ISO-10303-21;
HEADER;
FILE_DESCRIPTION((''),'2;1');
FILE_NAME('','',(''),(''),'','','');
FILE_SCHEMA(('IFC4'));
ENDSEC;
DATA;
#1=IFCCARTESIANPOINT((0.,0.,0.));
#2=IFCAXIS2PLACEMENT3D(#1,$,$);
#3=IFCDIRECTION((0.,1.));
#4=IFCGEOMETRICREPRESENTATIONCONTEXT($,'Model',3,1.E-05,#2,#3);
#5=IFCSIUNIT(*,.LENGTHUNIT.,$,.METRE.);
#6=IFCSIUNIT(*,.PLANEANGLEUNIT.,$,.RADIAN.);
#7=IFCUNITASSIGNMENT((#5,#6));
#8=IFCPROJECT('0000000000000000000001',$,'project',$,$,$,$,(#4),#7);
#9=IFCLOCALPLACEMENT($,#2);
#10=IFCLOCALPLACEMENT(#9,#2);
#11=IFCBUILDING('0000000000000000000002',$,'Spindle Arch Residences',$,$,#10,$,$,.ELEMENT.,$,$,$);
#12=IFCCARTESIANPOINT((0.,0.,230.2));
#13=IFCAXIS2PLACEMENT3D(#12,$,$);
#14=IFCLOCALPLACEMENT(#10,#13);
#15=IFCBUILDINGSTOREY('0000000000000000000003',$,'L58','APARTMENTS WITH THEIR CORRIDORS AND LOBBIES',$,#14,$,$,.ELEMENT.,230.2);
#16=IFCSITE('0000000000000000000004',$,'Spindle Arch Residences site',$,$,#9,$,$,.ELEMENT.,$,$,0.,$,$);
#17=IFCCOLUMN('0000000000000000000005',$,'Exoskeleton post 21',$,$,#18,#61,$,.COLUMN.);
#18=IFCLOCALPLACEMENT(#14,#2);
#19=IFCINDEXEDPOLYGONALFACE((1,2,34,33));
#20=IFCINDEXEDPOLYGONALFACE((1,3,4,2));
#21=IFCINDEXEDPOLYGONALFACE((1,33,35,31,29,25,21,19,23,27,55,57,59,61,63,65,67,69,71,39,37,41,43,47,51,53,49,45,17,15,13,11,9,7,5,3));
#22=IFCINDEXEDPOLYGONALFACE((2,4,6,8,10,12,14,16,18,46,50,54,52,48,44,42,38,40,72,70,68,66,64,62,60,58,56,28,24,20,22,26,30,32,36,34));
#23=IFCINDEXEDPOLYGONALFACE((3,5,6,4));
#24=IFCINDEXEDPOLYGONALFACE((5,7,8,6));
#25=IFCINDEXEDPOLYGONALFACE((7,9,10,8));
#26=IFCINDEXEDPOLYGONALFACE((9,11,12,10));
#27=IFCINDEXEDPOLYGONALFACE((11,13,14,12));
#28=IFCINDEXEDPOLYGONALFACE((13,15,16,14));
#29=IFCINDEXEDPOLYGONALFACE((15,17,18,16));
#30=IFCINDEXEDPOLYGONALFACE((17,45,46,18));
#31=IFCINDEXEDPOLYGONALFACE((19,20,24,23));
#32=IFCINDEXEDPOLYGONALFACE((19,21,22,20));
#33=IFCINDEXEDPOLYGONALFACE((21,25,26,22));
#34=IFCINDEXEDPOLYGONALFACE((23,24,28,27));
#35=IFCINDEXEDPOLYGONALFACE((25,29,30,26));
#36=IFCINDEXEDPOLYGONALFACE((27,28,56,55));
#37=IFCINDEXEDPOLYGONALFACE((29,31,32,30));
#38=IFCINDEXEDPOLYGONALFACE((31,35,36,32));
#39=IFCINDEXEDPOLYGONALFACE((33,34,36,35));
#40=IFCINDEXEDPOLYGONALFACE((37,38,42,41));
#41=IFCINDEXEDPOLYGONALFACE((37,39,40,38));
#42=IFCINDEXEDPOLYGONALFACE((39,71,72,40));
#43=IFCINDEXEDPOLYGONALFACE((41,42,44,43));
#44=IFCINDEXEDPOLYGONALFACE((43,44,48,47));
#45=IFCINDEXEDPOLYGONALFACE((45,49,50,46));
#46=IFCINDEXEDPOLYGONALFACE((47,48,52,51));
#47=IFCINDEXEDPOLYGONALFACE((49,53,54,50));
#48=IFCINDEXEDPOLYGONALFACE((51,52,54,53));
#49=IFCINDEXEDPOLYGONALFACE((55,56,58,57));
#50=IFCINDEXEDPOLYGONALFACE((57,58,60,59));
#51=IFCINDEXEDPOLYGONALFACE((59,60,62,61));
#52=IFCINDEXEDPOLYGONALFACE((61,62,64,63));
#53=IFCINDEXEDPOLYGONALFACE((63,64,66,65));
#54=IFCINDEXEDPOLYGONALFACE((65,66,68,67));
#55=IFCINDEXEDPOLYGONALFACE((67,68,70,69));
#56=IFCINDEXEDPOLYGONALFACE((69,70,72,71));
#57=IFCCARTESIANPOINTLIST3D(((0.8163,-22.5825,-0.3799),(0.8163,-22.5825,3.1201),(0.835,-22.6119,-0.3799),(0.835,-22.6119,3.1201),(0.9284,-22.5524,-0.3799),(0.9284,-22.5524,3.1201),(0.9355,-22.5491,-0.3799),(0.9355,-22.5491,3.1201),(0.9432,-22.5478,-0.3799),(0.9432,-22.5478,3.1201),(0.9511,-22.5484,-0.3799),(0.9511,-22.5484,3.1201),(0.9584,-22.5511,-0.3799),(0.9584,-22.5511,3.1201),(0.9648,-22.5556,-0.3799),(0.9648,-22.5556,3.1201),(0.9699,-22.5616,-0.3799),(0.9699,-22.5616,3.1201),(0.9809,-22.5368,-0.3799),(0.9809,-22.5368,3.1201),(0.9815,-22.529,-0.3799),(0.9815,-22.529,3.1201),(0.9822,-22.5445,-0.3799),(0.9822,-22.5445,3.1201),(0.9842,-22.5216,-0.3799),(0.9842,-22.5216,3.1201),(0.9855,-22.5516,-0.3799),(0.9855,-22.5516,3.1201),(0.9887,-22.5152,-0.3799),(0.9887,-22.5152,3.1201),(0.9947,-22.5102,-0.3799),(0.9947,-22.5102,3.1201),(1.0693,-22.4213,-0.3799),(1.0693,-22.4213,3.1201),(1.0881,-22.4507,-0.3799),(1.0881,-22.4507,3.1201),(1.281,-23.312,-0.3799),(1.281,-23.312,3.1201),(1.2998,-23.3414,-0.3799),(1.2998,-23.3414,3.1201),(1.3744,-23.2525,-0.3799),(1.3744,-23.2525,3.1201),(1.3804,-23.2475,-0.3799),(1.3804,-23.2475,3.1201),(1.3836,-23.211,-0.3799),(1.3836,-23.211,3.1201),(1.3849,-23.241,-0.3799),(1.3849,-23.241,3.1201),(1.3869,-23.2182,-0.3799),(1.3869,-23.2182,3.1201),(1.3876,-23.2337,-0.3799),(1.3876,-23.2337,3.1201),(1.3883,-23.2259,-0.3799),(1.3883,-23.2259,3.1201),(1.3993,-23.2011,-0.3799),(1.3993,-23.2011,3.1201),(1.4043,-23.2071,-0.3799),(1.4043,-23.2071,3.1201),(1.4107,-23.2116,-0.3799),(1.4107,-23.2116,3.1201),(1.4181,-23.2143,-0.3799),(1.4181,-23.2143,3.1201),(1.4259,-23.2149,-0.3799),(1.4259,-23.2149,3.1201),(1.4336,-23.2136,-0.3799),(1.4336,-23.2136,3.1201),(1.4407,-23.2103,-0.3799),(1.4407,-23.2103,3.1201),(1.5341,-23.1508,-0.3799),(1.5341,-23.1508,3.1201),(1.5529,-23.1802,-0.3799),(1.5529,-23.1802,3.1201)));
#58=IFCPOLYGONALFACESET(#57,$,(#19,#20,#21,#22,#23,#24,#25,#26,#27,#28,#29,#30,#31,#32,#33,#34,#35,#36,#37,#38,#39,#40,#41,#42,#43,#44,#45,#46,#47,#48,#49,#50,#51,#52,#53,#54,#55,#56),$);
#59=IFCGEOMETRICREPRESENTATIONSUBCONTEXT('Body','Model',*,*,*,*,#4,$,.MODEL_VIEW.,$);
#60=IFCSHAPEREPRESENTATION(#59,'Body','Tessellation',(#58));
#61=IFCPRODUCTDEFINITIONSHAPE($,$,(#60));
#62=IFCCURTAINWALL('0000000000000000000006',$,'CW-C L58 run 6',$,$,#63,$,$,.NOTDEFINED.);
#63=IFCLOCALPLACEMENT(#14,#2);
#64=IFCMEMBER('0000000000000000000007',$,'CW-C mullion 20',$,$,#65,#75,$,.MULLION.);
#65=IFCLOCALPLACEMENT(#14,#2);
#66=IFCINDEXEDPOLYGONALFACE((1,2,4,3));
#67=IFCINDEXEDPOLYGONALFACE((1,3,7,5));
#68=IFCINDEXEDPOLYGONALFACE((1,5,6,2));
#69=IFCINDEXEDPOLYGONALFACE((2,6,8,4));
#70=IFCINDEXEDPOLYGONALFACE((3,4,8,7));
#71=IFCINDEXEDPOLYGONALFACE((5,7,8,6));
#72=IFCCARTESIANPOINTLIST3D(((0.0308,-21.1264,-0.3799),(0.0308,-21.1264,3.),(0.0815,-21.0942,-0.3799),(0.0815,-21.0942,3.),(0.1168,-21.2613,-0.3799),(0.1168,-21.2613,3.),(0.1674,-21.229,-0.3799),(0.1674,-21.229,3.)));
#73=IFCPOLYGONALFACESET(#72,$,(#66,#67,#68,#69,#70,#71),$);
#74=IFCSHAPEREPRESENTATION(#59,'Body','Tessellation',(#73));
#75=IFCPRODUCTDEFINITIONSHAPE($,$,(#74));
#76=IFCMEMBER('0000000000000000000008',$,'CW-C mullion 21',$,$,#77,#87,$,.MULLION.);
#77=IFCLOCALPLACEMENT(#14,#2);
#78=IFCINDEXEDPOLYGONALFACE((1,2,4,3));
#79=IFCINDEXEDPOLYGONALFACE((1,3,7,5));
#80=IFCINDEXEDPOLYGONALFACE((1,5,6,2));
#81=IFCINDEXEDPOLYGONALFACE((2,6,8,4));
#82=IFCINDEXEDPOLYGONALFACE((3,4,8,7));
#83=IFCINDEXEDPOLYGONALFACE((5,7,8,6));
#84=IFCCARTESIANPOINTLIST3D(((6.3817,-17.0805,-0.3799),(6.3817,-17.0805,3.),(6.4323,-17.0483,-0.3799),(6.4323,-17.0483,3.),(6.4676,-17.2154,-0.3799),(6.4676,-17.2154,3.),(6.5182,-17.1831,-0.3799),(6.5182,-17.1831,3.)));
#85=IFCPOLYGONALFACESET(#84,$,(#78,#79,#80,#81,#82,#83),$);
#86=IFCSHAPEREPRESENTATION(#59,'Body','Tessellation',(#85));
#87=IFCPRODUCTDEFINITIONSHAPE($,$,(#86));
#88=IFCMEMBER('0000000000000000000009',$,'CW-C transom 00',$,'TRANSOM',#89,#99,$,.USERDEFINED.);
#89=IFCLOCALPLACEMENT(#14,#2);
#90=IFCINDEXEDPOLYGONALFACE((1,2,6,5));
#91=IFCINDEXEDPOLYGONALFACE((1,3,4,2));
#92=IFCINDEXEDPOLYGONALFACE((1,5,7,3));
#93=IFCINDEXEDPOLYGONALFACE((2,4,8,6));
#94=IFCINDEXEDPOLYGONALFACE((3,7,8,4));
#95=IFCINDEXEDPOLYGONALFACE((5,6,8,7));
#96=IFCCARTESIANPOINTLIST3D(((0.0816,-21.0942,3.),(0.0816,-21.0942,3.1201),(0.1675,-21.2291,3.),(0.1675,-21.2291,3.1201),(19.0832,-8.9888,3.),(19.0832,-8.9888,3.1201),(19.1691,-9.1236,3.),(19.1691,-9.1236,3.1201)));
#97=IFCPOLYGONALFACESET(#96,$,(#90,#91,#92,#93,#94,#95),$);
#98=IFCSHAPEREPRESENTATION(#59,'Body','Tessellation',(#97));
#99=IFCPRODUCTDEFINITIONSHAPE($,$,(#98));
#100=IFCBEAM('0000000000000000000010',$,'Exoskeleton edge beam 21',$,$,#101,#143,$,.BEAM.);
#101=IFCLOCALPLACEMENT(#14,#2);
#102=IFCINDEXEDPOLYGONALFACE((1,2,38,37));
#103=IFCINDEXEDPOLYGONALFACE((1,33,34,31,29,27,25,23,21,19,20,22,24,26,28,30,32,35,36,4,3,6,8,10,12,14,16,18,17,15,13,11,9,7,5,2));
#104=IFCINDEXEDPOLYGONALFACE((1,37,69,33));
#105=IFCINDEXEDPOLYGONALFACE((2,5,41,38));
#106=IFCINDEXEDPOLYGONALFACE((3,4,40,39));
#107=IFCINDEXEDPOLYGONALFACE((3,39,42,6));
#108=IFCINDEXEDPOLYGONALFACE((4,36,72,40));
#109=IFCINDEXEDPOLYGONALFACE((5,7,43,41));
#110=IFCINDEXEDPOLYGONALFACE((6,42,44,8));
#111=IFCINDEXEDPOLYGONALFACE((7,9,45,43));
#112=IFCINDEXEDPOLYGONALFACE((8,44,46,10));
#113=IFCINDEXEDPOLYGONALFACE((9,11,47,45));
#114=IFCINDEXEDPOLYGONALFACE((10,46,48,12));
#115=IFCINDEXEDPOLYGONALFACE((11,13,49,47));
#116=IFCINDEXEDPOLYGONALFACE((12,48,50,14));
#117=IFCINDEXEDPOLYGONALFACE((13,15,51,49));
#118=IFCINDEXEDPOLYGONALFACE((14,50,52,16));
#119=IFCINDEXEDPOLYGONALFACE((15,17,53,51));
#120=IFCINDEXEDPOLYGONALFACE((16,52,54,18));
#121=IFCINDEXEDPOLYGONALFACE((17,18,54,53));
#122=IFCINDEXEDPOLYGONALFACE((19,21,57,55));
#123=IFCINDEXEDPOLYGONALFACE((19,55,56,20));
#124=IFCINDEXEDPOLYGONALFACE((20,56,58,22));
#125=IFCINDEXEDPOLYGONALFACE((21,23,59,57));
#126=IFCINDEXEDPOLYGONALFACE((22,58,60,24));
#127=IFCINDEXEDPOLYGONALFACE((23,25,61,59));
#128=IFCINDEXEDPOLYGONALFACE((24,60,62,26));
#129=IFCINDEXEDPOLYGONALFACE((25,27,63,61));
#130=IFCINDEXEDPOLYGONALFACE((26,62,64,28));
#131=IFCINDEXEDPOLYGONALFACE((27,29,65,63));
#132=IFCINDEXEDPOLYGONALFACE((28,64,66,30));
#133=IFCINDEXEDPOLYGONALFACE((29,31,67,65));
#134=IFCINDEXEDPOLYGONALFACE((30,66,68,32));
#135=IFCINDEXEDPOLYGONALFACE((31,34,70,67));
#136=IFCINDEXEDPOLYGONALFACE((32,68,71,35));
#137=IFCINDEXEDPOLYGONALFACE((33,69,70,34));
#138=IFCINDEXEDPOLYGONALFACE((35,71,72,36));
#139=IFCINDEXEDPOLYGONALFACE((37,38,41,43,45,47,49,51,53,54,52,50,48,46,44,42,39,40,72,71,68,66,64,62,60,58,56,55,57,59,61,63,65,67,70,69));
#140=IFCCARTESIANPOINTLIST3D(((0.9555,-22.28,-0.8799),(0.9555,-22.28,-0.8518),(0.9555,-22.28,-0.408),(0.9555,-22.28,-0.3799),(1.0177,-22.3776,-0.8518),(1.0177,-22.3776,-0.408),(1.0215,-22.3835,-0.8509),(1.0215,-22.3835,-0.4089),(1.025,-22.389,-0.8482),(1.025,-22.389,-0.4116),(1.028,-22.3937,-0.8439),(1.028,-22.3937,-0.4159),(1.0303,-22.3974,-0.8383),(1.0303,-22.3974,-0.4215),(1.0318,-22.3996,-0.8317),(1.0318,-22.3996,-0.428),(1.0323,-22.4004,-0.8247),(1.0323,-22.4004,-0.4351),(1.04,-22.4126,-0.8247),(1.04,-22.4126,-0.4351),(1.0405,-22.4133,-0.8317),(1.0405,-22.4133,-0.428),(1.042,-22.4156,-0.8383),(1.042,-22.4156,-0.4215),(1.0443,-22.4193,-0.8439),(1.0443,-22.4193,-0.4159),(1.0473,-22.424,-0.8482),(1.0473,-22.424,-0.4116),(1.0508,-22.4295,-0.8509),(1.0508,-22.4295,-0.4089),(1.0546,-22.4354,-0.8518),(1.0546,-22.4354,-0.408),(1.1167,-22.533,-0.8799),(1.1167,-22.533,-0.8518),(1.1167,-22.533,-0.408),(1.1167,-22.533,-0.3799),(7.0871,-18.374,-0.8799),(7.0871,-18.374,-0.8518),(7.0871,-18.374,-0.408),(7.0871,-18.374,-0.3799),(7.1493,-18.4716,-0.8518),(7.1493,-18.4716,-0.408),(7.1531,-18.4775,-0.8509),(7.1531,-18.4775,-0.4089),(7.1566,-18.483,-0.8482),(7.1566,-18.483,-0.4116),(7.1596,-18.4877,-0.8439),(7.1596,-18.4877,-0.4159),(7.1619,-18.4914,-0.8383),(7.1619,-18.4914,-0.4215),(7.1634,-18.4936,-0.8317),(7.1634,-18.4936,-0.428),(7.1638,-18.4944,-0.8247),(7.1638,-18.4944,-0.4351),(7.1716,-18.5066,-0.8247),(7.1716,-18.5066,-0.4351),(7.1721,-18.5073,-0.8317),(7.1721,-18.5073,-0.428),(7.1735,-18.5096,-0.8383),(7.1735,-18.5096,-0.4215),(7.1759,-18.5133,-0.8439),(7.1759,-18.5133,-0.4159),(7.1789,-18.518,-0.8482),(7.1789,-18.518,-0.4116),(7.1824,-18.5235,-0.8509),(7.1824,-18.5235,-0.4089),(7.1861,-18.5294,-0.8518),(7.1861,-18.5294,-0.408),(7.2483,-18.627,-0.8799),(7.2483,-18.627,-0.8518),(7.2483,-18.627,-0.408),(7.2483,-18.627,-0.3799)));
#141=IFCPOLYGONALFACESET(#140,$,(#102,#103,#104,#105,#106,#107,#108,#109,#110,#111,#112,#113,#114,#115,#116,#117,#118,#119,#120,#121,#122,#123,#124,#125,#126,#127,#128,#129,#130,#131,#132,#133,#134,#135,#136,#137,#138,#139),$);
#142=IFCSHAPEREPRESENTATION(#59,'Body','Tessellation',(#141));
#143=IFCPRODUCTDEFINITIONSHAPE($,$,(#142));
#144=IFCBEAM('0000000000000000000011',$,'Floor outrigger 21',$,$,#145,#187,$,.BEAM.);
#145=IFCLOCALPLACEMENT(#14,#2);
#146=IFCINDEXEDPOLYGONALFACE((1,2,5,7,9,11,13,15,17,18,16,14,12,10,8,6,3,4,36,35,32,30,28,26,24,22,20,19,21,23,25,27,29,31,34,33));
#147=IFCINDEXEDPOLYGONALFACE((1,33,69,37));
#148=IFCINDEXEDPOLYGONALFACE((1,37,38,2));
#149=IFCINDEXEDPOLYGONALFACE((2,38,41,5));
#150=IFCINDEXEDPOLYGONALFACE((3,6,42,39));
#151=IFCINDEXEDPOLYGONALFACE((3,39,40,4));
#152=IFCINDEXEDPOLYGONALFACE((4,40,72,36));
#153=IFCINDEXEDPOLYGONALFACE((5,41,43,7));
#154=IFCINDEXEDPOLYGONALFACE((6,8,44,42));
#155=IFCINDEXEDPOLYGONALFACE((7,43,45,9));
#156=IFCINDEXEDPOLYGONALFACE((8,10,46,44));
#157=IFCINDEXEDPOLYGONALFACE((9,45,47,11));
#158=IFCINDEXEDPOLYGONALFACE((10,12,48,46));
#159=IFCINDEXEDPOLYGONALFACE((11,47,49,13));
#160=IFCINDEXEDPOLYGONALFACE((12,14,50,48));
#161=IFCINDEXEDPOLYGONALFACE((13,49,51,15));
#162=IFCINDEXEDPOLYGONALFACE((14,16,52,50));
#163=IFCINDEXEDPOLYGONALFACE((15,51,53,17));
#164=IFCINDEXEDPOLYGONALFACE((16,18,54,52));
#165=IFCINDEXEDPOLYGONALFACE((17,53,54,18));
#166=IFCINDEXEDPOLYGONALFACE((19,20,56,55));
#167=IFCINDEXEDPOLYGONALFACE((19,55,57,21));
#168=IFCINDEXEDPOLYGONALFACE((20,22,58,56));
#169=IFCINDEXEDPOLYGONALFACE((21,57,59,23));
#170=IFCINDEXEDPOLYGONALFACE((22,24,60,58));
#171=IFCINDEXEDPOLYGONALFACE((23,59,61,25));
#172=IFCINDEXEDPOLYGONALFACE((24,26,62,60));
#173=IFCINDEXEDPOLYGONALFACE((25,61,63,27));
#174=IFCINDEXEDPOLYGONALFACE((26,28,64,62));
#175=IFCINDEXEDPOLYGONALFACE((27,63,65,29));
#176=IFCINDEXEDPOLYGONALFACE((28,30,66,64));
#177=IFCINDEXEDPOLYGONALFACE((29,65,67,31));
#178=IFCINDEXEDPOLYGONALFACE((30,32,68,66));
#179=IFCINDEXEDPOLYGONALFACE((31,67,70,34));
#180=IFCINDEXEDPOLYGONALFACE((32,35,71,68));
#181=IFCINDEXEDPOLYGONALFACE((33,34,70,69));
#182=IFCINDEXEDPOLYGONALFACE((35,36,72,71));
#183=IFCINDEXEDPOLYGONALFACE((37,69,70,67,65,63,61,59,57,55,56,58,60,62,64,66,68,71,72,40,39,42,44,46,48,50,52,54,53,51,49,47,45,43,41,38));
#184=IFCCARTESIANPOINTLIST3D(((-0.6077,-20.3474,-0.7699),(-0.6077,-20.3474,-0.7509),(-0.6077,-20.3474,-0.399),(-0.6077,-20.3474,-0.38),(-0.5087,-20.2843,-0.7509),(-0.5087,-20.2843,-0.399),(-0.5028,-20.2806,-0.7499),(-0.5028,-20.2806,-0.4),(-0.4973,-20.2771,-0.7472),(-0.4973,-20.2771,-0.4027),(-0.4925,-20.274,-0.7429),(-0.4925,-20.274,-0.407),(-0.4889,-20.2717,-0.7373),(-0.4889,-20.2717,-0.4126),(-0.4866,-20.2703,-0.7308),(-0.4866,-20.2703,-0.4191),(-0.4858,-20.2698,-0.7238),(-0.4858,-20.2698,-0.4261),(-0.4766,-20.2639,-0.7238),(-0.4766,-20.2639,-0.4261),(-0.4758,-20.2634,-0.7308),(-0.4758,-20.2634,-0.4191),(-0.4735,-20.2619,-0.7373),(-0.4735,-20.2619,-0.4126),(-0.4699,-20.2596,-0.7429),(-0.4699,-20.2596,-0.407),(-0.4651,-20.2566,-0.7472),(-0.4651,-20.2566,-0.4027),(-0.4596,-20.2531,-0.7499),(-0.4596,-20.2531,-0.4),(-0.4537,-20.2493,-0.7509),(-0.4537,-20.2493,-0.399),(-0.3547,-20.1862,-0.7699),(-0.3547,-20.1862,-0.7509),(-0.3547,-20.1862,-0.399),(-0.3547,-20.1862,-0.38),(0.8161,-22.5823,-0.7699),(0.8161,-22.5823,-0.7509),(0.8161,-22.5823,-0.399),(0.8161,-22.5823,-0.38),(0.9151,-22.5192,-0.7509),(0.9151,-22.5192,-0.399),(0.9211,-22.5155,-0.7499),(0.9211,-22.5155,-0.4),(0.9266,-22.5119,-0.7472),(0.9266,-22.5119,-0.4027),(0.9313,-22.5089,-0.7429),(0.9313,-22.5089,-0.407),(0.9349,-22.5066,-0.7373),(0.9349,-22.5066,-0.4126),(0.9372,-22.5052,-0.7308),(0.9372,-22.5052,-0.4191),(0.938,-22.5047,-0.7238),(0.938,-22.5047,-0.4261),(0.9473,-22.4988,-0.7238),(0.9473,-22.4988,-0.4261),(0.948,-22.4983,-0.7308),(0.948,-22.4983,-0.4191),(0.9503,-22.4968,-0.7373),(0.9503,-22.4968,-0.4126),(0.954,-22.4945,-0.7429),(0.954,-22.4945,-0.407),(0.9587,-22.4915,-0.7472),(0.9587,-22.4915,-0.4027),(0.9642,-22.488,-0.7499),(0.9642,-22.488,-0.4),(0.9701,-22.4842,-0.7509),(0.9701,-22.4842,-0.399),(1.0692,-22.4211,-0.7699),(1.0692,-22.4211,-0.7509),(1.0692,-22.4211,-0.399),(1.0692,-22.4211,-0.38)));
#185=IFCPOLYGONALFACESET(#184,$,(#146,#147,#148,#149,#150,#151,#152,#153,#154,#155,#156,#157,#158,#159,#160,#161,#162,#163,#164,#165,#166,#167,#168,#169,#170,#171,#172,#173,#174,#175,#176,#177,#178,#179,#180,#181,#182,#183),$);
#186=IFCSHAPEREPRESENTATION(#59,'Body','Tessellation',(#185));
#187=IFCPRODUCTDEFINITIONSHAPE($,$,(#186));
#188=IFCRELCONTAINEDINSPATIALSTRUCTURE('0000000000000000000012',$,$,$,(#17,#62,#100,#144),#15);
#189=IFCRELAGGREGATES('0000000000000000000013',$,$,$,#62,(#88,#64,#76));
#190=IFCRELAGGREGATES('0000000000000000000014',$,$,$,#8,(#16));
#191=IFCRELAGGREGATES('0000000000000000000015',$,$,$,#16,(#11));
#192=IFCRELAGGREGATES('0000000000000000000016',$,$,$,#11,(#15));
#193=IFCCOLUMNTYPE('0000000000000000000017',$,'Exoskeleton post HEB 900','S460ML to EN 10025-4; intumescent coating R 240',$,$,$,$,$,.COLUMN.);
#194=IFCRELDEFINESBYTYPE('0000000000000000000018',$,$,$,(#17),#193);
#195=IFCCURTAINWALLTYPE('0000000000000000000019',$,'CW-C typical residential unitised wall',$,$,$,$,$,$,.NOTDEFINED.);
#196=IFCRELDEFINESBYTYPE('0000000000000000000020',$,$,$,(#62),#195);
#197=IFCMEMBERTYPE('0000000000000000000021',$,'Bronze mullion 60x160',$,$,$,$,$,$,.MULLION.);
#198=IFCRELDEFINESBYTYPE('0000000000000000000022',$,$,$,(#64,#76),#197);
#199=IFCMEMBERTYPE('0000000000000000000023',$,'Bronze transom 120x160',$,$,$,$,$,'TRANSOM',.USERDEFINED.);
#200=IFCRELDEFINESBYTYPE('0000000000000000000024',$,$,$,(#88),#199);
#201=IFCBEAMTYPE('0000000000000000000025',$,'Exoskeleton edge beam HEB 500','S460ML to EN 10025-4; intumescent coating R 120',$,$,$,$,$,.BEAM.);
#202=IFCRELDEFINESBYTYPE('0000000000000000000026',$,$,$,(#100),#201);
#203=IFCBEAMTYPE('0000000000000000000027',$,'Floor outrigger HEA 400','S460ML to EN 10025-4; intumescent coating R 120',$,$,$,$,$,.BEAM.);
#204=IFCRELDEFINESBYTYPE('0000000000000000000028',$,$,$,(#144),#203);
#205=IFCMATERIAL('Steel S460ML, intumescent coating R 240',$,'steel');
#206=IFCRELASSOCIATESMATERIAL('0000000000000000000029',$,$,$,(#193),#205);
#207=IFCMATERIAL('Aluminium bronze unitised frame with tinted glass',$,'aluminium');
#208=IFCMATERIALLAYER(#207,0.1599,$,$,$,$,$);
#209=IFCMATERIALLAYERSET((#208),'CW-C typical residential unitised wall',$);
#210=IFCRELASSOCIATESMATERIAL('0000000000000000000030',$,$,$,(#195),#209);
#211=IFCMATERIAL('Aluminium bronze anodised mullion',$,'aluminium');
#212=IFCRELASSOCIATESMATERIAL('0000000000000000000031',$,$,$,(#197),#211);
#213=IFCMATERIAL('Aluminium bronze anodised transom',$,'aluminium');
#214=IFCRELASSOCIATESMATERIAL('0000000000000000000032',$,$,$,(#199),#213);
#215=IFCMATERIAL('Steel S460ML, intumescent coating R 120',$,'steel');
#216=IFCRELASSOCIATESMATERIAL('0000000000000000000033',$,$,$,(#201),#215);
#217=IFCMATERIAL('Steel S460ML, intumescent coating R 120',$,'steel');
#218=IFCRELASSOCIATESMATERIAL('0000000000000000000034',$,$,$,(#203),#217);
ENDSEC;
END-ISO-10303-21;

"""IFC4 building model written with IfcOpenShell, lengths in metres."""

from ifc_helpers import new_model, si_unit, direction, frame, origin, origin_2d, place, context, subcontext, project, spatial, rectangle, i_section, extrude, material, layer, layer_set, material_profile, profile_set, type_object, element, aggregate, save


model = new_model("IFC4")

# Units and contexts
model_context = context("Model", 3, precision=1e-05, world=origin(), true_north=direction((0.0, 1.0)))
body_context = subcontext(model_context, "Body", "Model", "MODEL_VIEW")
ifc_project = project(units=[si_unit("LENGTHUNIT", "METRE"), si_unit("PLANEANGLEUNIT", "RADIAN")], contexts=[model_context])

# Site, building, storey
site_placement = place(None, origin())
site = spatial("IfcSite", under=ifc_project, at=site_placement, Name="Spindle Arch Residences site", CompositionType="ELEMENT", RefElevation=0.0)
building_placement = place(site_placement, origin())
building = spatial("IfcBuilding", under=site, at=building_placement, Name="Spindle Arch Residences", CompositionType="ELEMENT")
storey_placement = place(building_placement, frame((0.0, 0.0, 230.2)))
storey = spatial("IfcBuildingStorey", under=building, at=storey_placement, Name="L58", Description="APARTMENTS WITH THEIR CORRIDORS AND LOBBIES", CompositionType="ELEMENT", Elevation=230.2)

# Column
ifc_material_1 = material(Name="Steel S460ML, intumescent coating R 240", Category="steel")
ifc_material_profile_1 = material_profile(ifc_material_1, i_section(OverallWidth=0.3, OverallDepth=0.8999, WebThickness=0.0186, FlangeThickness=0.0349, FilletRadius=0.03, at=origin_2d()), Name="HEB 900")
ifc_profile_set_1 = profile_set([ifc_material_profile_1], Name="Steel S460ML, intumescent coating R 240")
column_type = type_object("IfcColumnType", Name="Exoskeleton post HEB 900", Description="S460ML to EN 10025-4; intumescent coating R 240", PredefinedType="COLUMN", material=ifc_profile_set_1)
column_placement = place(storey_placement, frame((1.1846, -22.8813, -0.3799), z_axis=(0.0, 0.0, 1.0), x_axis=(-0.843391, -0.5373, 0.0)))
element("IfcColumn", 1, at=column_placement, inside=storey, type_object=column_type, Name="Exoskeleton post 21", PredefinedType="COLUMN", context=body_context, shape_type="SweptSolid", body=[
    extrude(i_section(OverallWidth=0.3, OverallDepth=0.8999, WebThickness=0.0186, FlangeThickness=0.0349, FilletRadius=0.03, at=origin_2d()), origin(), (0.0, 0.0, 1.0), 3.5),
])

# Curtain wall, members
ifc_material_2 = material(Name="Aluminium bronze unitised frame with tinted glass", Category="aluminium")
ifc_layer_1 = layer(ifc_material_2, 0.1599)
ifc_layer_set_1 = layer_set([ifc_layer_1], Name="CW-C typical residential unitised wall")
curtain_wall_type = type_object("IfcCurtainWallType", Name="CW-C typical residential unitised wall", PredefinedType="NOTDEFINED", material=ifc_layer_set_1)
curtain_wall_placement = place(storey_placement, origin())
curtain_wall = element("IfcCurtainWall", 2, at=curtain_wall_placement, inside=storey, type_object=curtain_wall_type, Name="CW-C L58 run 6", PredefinedType="NOTDEFINED")
ifc_material_3 = material(Name="Aluminium bronze anodised mullion", Category="aluminium")
ifc_material_profile_2 = material_profile(ifc_material_3, rectangle(XDim=0.1599, YDim=0.0601, at=origin_2d()), Name="MU 60x160")
ifc_profile_set_2 = profile_set([ifc_material_profile_2], Name="Aluminium bronze anodised mullion")
member_type_1 = type_object("IfcMemberType", Name="Bronze mullion 60x160", PredefinedType="MULLION", material=ifc_profile_set_2)
member_1_placement = place(storey_placement, frame((0.0991, -21.1777, -0.3799), z_axis=(0.0, 0.0, 1.0), x_axis=(-0.5373, 0.843391, 0.0)))
member_1 = element("IfcMember", 3, at=member_1_placement, type_object=member_type_1, Name="CW-C mullion 20", PredefinedType="MULLION", context=body_context, shape_type="SweptSolid", body=[
    extrude(rectangle(XDim=0.1599, YDim=0.0601, at=origin_2d()), origin(), (0.0, 0.0, 1.0), 3.3799),
])
member_2_placement = place(storey_placement, frame((6.45, -17.1318, -0.3799), z_axis=(0.0, 0.0, 1.0), x_axis=(-0.5373, 0.843391, 0.0)))
member_2 = element("IfcMember", 4, at=member_2_placement, type_object=member_type_1, Name="CW-C mullion 21", PredefinedType="MULLION", context=body_context, shape_type="SweptSolid", body=[
    extrude(rectangle(XDim=0.1599, YDim=0.0601, at=origin_2d()), origin(), (0.0, 0.0, 1.0), 3.3799),
])
ifc_material_4 = material(Name="Aluminium bronze anodised transom", Category="aluminium")
ifc_material_profile_3 = material_profile(ifc_material_4, rectangle(XDim=0.1599, YDim=0.1201, at=origin_2d()), Name="TR 120x160")
ifc_profile_set_3 = profile_set([ifc_material_profile_3], Name="Aluminium bronze anodised transom")
member_type_2 = type_object("IfcMemberType", Name="Bronze transom 120x160", ElementType="TRANSOM", PredefinedType="USERDEFINED", material=ifc_profile_set_3)
member_3_placement = place(storey_placement, frame((0.1245, -21.1616, 3.0601), z_axis=(0.843391, 0.537301, 0.0), x_axis=(-0.537301, 0.843391, 0.0)))
member_3 = element("IfcMember", 5, at=member_3_placement, type_object=member_type_2, Name="CW-C transom 00", ObjectType="TRANSOM", PredefinedType="USERDEFINED", context=body_context, shape_type="SweptSolid", body=[
    extrude(rectangle(XDim=0.1599, YDim=0.1201, at=origin_2d()), origin(), (0.0, 0.0, 1.0), 22.53),
])

# Beams
ifc_material_5 = material(Name="Steel S460ML, intumescent coating R 120", Category="steel")
ifc_material_profile_4 = material_profile(ifc_material_5, i_section(OverallWidth=0.3, OverallDepth=0.5, WebThickness=0.0144, FlangeThickness=0.0281, FilletRadius=0.0271, at=origin_2d()), Name="HEB 500")
ifc_profile_set_4 = profile_set([ifc_material_profile_4], Name="Steel S460ML, intumescent coating R 120")
beam_type_1 = type_object("IfcBeamType", Name="Exoskeleton edge beam HEB 500", Description="S460ML to EN 10025-4; intumescent coating R 120", PredefinedType="BEAM", material=ifc_profile_set_4)
beam_placement = place(storey_placement, frame((1.0361, -22.4065, -0.6299), z_axis=(0.843407, 0.537275, 0.0), x_axis=(-0.537275, 0.843407, 0.0)))
element("IfcBeam", 6, at=beam_placement, inside=storey, type_object=beam_type_1, Name="Exoskeleton edge beam 21", PredefinedType="BEAM", context=body_context, shape_type="SweptSolid", body=[
    extrude(i_section(OverallWidth=0.3, OverallDepth=0.5, WebThickness=0.0144, FlangeThickness=0.0281, FilletRadius=0.0271, at=origin_2d()), origin(), (0.0, 0.0, 1.0), 7.27),
])
ifc_material_6 = material(Name="Steel S460ML, intumescent coating R 120", Category="steel")
ifc_material_profile_5 = material_profile(ifc_material_6, i_section(OverallWidth=0.3, OverallDepth=0.3899, WebThickness=0.011, FlangeThickness=0.019, FilletRadius=0.0271, at=origin_2d()), Name="HEA 400")
ifc_profile_set_5 = profile_set([ifc_material_profile_5], Name="Steel S460ML, intumescent coating R 120")
beam_type_2 = type_object("IfcBeamType", Name="Floor outrigger HEA 400", Description="S460ML to EN 10025-4; intumescent coating R 120", PredefinedType="BEAM", material=ifc_profile_set_5)
for number, where, z_axis, x_axis, name in (
    (7, (0.9426, -22.5017, -0.575), (-0.537317, 0.843381, 0.0), (-0.843381, -0.537317, 0.0), "Floor outrigger 21"),
):
    element("IfcBeam", number, at=place(storey_placement, frame(where, z_axis=z_axis, x_axis=x_axis)), inside=storey, type_object=beam_type_2, Name=name, PredefinedType="BEAM", context=body_context, shape_type="SweptSolid", body=[
        extrude(i_section(OverallWidth=0.3, OverallDepth=0.3899, WebThickness=0.011, FlangeThickness=0.019, FilletRadius=0.0271, at=origin_2d()), origin(), (0.0, 0.0, 1.0), 2.6499),
    ])

aggregate(curtain_wall, [member_3, member_1, member_2])

save(model, "model.ifc")
